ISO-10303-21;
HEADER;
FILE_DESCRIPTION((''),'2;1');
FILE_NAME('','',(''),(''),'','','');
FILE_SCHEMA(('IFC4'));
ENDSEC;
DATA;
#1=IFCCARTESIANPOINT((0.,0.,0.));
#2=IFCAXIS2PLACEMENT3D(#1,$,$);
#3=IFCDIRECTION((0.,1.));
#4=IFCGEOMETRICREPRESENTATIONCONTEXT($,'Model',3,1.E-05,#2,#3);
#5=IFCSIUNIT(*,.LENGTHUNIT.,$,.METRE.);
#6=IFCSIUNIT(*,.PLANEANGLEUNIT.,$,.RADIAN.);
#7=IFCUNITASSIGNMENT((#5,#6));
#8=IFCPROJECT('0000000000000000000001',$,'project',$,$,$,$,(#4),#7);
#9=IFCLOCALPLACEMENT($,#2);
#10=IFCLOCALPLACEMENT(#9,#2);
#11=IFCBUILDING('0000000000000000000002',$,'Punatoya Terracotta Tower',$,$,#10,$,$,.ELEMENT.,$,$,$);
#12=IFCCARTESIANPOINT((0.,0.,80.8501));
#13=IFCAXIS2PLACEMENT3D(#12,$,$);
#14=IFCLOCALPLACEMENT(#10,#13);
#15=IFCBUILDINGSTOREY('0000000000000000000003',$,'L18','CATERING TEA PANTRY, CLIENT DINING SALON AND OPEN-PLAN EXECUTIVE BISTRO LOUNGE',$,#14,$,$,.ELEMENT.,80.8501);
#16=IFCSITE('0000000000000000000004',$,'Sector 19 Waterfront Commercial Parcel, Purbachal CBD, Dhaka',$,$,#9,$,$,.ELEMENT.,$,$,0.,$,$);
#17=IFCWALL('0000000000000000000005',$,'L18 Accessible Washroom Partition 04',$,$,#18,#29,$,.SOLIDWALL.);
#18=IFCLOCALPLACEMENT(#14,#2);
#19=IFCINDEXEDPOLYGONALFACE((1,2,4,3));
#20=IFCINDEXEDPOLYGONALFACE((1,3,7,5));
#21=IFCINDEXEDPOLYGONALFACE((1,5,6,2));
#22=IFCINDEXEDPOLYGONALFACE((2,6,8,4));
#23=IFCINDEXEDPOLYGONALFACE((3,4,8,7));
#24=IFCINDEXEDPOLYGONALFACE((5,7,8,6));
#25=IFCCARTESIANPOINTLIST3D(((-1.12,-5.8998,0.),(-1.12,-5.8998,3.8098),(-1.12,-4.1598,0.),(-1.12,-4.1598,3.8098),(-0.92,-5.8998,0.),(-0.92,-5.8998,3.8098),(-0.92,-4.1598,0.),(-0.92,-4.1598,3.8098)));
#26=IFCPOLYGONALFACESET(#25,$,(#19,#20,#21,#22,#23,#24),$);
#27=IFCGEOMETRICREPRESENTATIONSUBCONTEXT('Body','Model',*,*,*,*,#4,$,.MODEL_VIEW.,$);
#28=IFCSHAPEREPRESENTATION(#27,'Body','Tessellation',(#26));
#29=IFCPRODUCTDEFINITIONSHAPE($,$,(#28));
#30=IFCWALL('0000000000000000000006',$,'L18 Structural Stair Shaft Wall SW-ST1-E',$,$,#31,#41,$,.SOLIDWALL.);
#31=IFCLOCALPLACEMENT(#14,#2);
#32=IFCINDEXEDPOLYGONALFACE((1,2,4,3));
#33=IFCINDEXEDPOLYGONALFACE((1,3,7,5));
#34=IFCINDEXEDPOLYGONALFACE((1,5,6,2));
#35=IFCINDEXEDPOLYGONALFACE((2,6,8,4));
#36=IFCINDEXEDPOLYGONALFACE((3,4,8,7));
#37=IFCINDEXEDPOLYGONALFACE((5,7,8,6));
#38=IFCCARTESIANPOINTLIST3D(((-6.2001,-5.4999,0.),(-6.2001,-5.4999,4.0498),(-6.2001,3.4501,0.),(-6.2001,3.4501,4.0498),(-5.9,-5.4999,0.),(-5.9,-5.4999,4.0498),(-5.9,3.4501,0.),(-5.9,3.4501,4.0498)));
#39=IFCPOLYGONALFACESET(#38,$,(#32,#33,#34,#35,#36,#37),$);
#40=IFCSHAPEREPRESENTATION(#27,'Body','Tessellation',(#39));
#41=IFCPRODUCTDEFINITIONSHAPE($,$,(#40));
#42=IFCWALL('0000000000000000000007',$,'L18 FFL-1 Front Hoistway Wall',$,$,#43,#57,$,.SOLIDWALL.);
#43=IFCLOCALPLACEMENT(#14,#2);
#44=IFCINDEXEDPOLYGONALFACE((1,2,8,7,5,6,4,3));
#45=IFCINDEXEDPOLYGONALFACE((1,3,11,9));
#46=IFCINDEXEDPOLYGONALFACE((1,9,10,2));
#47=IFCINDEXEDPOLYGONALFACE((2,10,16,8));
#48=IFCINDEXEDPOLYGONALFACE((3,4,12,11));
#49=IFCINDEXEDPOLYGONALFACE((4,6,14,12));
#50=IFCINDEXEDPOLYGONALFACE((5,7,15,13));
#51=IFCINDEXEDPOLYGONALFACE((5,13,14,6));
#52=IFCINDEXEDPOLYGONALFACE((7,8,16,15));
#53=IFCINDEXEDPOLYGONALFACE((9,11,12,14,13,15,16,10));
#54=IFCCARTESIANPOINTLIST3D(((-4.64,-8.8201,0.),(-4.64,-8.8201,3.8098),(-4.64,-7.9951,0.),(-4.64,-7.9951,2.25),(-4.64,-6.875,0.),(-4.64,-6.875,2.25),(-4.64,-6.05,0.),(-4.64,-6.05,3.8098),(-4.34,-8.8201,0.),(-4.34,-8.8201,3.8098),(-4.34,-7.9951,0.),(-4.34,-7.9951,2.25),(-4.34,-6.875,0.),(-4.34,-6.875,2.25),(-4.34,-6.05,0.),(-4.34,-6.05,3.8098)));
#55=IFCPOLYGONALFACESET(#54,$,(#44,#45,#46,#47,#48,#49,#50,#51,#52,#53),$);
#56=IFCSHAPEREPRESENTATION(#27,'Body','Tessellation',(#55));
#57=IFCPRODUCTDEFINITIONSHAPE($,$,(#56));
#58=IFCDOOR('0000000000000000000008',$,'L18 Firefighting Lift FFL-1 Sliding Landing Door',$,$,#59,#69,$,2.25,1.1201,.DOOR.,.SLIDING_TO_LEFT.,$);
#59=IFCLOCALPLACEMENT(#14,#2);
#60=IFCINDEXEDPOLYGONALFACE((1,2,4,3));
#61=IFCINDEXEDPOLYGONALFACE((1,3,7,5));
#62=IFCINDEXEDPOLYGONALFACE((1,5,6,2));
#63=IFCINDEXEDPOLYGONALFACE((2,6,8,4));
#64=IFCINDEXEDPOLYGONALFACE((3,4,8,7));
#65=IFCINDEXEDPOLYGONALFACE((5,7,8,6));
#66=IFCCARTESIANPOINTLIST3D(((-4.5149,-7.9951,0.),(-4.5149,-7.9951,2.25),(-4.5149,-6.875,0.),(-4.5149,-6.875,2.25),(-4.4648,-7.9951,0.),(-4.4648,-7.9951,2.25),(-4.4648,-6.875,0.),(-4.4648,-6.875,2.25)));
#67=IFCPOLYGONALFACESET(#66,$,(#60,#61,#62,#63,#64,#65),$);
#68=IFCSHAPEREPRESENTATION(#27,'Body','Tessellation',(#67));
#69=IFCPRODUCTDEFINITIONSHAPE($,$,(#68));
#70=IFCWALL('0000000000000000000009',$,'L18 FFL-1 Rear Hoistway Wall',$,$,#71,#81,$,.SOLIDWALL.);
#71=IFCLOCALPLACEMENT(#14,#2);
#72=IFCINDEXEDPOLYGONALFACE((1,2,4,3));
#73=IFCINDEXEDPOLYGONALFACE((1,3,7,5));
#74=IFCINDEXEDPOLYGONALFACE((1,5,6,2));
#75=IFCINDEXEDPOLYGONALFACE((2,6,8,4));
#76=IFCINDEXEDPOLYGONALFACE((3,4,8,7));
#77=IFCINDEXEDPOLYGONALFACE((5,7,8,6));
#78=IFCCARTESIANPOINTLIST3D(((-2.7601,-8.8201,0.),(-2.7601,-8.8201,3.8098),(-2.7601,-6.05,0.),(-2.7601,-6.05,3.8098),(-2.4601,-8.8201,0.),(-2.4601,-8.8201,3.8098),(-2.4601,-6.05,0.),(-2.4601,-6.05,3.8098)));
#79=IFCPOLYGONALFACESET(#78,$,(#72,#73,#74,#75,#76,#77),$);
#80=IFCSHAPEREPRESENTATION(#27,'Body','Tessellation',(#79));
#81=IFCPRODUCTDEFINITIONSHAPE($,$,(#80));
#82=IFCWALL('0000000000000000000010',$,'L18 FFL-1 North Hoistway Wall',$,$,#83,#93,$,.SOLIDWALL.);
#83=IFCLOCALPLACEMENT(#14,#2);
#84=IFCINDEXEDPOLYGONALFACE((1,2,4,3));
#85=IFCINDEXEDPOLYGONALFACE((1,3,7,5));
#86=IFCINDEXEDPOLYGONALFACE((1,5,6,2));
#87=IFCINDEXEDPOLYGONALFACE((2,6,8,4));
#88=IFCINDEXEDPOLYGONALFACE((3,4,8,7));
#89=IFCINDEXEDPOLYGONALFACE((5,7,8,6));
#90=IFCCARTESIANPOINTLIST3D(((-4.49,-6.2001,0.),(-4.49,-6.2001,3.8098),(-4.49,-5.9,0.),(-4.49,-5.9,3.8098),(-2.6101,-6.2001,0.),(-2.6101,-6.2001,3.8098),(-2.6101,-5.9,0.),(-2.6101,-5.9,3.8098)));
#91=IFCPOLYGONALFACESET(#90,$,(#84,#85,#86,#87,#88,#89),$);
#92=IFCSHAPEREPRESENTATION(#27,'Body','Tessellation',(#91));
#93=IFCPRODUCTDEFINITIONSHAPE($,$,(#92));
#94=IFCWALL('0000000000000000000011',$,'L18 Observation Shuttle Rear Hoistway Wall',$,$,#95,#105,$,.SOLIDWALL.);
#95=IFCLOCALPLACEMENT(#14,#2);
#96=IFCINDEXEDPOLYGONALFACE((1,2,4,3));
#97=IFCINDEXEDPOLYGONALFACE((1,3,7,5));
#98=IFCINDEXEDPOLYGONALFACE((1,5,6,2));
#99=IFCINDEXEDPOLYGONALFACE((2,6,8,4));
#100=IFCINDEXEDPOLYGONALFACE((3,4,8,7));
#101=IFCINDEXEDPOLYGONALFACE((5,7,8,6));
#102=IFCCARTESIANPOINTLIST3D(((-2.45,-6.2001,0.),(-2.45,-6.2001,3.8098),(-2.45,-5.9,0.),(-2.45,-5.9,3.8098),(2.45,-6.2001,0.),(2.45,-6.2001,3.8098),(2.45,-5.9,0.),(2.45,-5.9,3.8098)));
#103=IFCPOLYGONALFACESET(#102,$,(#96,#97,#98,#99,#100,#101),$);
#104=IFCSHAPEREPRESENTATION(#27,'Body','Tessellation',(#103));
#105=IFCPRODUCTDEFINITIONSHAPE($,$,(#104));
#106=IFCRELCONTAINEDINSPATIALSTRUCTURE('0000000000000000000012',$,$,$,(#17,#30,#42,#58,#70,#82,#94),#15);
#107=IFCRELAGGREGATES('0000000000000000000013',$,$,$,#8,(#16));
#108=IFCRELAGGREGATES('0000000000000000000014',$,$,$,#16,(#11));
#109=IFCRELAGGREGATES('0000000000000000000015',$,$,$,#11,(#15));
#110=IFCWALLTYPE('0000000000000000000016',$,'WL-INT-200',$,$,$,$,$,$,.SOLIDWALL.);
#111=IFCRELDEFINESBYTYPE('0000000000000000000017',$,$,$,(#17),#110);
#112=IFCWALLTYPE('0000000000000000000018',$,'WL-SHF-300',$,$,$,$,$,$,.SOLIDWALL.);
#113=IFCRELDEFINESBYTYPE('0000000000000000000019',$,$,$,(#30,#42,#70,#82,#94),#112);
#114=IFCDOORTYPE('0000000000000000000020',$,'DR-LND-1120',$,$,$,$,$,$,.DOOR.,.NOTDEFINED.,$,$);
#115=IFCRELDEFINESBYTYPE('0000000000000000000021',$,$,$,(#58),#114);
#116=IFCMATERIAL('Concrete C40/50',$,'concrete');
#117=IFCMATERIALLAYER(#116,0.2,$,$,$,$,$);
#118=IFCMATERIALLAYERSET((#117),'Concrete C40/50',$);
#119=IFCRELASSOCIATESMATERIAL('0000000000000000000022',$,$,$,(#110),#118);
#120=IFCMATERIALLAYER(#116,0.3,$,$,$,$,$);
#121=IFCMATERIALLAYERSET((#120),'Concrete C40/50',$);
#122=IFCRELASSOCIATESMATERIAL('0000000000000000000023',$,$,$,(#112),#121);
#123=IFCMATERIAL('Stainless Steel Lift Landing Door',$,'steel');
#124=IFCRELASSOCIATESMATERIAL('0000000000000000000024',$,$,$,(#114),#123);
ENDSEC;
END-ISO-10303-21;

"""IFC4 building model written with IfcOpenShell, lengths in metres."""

from ifc_helpers import new_model, si_unit, direction, frame, frame_2d, origin, place, context, subcontext, project, spatial, rectangle, extrude, material, layer, layer_set, type_object, element, fill, save


model = new_model("IFC4")

# Units and contexts
model_context = context("Model", 3, precision=1e-05, world=origin(), true_north=direction((0.0, 1.0)))
body_context = subcontext(model_context, "Body", "Model", "MODEL_VIEW")
ifc_project = project(units=[si_unit("LENGTHUNIT", "METRE"), si_unit("PLANEANGLEUNIT", "RADIAN")], contexts=[model_context])

# Site, building, storey
site_placement = place(None, origin())
site = spatial("IfcSite", under=ifc_project, at=site_placement, Name="Sector 19 Waterfront Commercial Parcel, Purbachal CBD, Dhaka", CompositionType="ELEMENT", RefElevation=0.0)
building_placement = place(site_placement, origin())
building = spatial("IfcBuilding", under=site, at=building_placement, Name="Punatoya Terracotta Tower", CompositionType="ELEMENT")
storey_placement = place(building_placement, frame((0.0, 0.0, 80.8501)))
storey = spatial("IfcBuildingStorey", under=building, at=storey_placement, Name="L18", Description="CATERING TEA PANTRY, CLIENT DINING SALON AND OPEN-PLAN EXECUTIVE BISTRO LOUNGE", CompositionType="ELEMENT", Elevation=80.8501)

# Shared definitions
ifc_material_1 = material(Name="Concrete C40/50", Category="concrete")
ifc_layer_1 = layer(ifc_material_1, 0.2)
ifc_layer_set_1 = layer_set([ifc_layer_1], Name="Concrete C40/50")
wall_type_1 = type_object("IfcWallType", Name="WL-INT-200", PredefinedType="SOLIDWALL", material=ifc_layer_set_1)

# Wall
for number, where, z_axis, x_axis, name in (
    (1, (-1.02, -5.8999, 0.0), (0.0, 0.0, 1.0), (0.0, 1.0, 0.0), "L18 Accessible Washroom Partition 04"),
):
    element("IfcWall", number, at=place(storey_placement, frame(where, z_axis=z_axis, x_axis=x_axis)), inside=storey, type_object=wall_type_1, Name=name, PredefinedType="SOLIDWALL", context=body_context, shape_type="SweptSolid", body=[
        extrude(rectangle(XDim=1.74, YDim=0.2, at=frame_2d((0.8701, 0.0))), origin(), (0.0, 0.0, 1.0), 3.8098),
    ])

# Wall
ifc_layer_2 = layer(ifc_material_1, 0.3)
ifc_layer_set_2 = layer_set([ifc_layer_2], Name="Concrete C40/50")
wall_type_2 = type_object("IfcWallType", Name="WL-SHF-300", PredefinedType="SOLIDWALL", material=ifc_layer_set_2)
wall_1_placement = place(storey_placement, frame((-6.05, -5.5, 0.0), z_axis=(0.0, 0.0, 1.0), x_axis=(0.0, 1.0, 0.0)))
element("IfcWall", 2, at=wall_1_placement, inside=storey, type_object=wall_type_2, Name="L18 Structural Stair Shaft Wall SW-ST1-E", PredefinedType="SOLIDWALL", context=body_context, shape_type="SweptSolid", body=[
    extrude(rectangle(XDim=8.95, YDim=0.3, at=frame_2d((4.4751, 0.0))), origin(), (0.0, 0.0, 1.0), 4.0498),
])

# Wall, opening, door
wall_2_placement = place(storey_placement, frame((-4.49, -8.8201, 0.0), z_axis=(0.0, 0.0, 1.0), x_axis=(0.0, 1.0, 0.0)))
wall_2 = element("IfcWall", 3, at=wall_2_placement, inside=storey, type_object=wall_type_2, Name="L18 FFL-1 Front Hoistway Wall", PredefinedType="SOLIDWALL", context=body_context, shape_type="SweptSolid", body=[
    extrude(rectangle(XDim=2.77, YDim=0.3, at=frame_2d((1.385, 0.0))), origin(), (0.0, 0.0, 1.0), 3.8098),
])
opening_1_placement = place(wall_2_placement, frame((0.825, 0.0, 0.0)))
opening_1 = element("IfcOpeningElement", 4, at=opening_1_placement, cuts=wall_2, PredefinedType="OPENING", context=body_context, shape_type="SweptSolid", body=[
    extrude(rectangle(XDim=1.1201, YDim=2.25, at=frame_2d((0.5601, 1.125))), frame((0.0, 0.1599, 0.0), z_axis=(0.0, -1.0, 0.0), x_axis=(1.0, 0.0, 0.0)), (0.0, 0.0, 1.0), 0.3201),
])
ifc_material_2 = material(Name="Stainless Steel Lift Landing Door", Category="steel")
door_type_1 = type_object("IfcDoorType", Name="DR-LND-1120", OperationType="NOTDEFINED", PredefinedType="DOOR", material=ifc_material_2)
door_1_placement = place(opening_1_placement, origin())
door_1 = element("IfcDoor", 5, at=door_1_placement, inside=storey, type_object=door_type_1, Name="L18 Firefighting Lift FFL-1 Sliding Landing Door", OperationType="SLIDING_TO_LEFT", OverallHeight=2.25, OverallWidth=1.1201, PredefinedType="DOOR", context=body_context, shape_type="SweptSolid", body=[
    extrude(rectangle(XDim=1.1201, YDim=2.25, at=frame_2d((0.5601, 1.125))), frame((0.0, 0.0249, 0.0), z_axis=(0.0, -1.0, 0.0), x_axis=(1.0, 0.0, 0.0)), (0.0, 0.0, 1.0), 0.05),
])
fill(opening_1, door_1)

# Walls
wall_3_placement = place(storey_placement, frame((-2.6101, -8.8201, 0.0), z_axis=(0.0, 0.0, 1.0), x_axis=(0.0, 1.0, 0.0)))
element("IfcWall", 6, at=wall_3_placement, inside=storey, type_object=wall_type_2, Name="L18 FFL-1 Rear Hoistway Wall", PredefinedType="SOLIDWALL", context=body_context, shape_type="SweptSolid", body=[
    extrude(rectangle(XDim=2.77, YDim=0.3, at=frame_2d((1.385, 0.0))), origin(), (0.0, 0.0, 1.0), 3.8098),
])
wall_4_placement = place(storey_placement, frame((-4.49, -6.05, 0.0), z_axis=(0.0, 0.0, 1.0), x_axis=(1.0, 0.0, 0.0)))
element("IfcWall", 7, at=wall_4_placement, inside=storey, type_object=wall_type_2, Name="L18 FFL-1 North Hoistway Wall", PredefinedType="SOLIDWALL", context=body_context, shape_type="SweptSolid", body=[
    extrude(rectangle(XDim=1.8799, YDim=0.3, at=frame_2d((0.9399, 0.0))), origin(), (0.0, 0.0, 1.0), 3.8098),
])
wall_5_placement = place(storey_placement, frame((-2.45, -6.05, 0.0), z_axis=(0.0, 0.0, 1.0), x_axis=(1.0, 0.0, 0.0)))
element("IfcWall", 8, at=wall_5_placement, inside=storey, type_object=wall_type_2, Name="L18 Observation Shuttle Rear Hoistway Wall", PredefinedType="SOLIDWALL", context=body_context, shape_type="SweptSolid", body=[
    extrude(rectangle(XDim=4.8999, YDim=0.3, at=frame_2d((2.45, 0.0))), origin(), (0.0, 0.0, 1.0), 3.8098),
])

save(model, "model.ifc")
